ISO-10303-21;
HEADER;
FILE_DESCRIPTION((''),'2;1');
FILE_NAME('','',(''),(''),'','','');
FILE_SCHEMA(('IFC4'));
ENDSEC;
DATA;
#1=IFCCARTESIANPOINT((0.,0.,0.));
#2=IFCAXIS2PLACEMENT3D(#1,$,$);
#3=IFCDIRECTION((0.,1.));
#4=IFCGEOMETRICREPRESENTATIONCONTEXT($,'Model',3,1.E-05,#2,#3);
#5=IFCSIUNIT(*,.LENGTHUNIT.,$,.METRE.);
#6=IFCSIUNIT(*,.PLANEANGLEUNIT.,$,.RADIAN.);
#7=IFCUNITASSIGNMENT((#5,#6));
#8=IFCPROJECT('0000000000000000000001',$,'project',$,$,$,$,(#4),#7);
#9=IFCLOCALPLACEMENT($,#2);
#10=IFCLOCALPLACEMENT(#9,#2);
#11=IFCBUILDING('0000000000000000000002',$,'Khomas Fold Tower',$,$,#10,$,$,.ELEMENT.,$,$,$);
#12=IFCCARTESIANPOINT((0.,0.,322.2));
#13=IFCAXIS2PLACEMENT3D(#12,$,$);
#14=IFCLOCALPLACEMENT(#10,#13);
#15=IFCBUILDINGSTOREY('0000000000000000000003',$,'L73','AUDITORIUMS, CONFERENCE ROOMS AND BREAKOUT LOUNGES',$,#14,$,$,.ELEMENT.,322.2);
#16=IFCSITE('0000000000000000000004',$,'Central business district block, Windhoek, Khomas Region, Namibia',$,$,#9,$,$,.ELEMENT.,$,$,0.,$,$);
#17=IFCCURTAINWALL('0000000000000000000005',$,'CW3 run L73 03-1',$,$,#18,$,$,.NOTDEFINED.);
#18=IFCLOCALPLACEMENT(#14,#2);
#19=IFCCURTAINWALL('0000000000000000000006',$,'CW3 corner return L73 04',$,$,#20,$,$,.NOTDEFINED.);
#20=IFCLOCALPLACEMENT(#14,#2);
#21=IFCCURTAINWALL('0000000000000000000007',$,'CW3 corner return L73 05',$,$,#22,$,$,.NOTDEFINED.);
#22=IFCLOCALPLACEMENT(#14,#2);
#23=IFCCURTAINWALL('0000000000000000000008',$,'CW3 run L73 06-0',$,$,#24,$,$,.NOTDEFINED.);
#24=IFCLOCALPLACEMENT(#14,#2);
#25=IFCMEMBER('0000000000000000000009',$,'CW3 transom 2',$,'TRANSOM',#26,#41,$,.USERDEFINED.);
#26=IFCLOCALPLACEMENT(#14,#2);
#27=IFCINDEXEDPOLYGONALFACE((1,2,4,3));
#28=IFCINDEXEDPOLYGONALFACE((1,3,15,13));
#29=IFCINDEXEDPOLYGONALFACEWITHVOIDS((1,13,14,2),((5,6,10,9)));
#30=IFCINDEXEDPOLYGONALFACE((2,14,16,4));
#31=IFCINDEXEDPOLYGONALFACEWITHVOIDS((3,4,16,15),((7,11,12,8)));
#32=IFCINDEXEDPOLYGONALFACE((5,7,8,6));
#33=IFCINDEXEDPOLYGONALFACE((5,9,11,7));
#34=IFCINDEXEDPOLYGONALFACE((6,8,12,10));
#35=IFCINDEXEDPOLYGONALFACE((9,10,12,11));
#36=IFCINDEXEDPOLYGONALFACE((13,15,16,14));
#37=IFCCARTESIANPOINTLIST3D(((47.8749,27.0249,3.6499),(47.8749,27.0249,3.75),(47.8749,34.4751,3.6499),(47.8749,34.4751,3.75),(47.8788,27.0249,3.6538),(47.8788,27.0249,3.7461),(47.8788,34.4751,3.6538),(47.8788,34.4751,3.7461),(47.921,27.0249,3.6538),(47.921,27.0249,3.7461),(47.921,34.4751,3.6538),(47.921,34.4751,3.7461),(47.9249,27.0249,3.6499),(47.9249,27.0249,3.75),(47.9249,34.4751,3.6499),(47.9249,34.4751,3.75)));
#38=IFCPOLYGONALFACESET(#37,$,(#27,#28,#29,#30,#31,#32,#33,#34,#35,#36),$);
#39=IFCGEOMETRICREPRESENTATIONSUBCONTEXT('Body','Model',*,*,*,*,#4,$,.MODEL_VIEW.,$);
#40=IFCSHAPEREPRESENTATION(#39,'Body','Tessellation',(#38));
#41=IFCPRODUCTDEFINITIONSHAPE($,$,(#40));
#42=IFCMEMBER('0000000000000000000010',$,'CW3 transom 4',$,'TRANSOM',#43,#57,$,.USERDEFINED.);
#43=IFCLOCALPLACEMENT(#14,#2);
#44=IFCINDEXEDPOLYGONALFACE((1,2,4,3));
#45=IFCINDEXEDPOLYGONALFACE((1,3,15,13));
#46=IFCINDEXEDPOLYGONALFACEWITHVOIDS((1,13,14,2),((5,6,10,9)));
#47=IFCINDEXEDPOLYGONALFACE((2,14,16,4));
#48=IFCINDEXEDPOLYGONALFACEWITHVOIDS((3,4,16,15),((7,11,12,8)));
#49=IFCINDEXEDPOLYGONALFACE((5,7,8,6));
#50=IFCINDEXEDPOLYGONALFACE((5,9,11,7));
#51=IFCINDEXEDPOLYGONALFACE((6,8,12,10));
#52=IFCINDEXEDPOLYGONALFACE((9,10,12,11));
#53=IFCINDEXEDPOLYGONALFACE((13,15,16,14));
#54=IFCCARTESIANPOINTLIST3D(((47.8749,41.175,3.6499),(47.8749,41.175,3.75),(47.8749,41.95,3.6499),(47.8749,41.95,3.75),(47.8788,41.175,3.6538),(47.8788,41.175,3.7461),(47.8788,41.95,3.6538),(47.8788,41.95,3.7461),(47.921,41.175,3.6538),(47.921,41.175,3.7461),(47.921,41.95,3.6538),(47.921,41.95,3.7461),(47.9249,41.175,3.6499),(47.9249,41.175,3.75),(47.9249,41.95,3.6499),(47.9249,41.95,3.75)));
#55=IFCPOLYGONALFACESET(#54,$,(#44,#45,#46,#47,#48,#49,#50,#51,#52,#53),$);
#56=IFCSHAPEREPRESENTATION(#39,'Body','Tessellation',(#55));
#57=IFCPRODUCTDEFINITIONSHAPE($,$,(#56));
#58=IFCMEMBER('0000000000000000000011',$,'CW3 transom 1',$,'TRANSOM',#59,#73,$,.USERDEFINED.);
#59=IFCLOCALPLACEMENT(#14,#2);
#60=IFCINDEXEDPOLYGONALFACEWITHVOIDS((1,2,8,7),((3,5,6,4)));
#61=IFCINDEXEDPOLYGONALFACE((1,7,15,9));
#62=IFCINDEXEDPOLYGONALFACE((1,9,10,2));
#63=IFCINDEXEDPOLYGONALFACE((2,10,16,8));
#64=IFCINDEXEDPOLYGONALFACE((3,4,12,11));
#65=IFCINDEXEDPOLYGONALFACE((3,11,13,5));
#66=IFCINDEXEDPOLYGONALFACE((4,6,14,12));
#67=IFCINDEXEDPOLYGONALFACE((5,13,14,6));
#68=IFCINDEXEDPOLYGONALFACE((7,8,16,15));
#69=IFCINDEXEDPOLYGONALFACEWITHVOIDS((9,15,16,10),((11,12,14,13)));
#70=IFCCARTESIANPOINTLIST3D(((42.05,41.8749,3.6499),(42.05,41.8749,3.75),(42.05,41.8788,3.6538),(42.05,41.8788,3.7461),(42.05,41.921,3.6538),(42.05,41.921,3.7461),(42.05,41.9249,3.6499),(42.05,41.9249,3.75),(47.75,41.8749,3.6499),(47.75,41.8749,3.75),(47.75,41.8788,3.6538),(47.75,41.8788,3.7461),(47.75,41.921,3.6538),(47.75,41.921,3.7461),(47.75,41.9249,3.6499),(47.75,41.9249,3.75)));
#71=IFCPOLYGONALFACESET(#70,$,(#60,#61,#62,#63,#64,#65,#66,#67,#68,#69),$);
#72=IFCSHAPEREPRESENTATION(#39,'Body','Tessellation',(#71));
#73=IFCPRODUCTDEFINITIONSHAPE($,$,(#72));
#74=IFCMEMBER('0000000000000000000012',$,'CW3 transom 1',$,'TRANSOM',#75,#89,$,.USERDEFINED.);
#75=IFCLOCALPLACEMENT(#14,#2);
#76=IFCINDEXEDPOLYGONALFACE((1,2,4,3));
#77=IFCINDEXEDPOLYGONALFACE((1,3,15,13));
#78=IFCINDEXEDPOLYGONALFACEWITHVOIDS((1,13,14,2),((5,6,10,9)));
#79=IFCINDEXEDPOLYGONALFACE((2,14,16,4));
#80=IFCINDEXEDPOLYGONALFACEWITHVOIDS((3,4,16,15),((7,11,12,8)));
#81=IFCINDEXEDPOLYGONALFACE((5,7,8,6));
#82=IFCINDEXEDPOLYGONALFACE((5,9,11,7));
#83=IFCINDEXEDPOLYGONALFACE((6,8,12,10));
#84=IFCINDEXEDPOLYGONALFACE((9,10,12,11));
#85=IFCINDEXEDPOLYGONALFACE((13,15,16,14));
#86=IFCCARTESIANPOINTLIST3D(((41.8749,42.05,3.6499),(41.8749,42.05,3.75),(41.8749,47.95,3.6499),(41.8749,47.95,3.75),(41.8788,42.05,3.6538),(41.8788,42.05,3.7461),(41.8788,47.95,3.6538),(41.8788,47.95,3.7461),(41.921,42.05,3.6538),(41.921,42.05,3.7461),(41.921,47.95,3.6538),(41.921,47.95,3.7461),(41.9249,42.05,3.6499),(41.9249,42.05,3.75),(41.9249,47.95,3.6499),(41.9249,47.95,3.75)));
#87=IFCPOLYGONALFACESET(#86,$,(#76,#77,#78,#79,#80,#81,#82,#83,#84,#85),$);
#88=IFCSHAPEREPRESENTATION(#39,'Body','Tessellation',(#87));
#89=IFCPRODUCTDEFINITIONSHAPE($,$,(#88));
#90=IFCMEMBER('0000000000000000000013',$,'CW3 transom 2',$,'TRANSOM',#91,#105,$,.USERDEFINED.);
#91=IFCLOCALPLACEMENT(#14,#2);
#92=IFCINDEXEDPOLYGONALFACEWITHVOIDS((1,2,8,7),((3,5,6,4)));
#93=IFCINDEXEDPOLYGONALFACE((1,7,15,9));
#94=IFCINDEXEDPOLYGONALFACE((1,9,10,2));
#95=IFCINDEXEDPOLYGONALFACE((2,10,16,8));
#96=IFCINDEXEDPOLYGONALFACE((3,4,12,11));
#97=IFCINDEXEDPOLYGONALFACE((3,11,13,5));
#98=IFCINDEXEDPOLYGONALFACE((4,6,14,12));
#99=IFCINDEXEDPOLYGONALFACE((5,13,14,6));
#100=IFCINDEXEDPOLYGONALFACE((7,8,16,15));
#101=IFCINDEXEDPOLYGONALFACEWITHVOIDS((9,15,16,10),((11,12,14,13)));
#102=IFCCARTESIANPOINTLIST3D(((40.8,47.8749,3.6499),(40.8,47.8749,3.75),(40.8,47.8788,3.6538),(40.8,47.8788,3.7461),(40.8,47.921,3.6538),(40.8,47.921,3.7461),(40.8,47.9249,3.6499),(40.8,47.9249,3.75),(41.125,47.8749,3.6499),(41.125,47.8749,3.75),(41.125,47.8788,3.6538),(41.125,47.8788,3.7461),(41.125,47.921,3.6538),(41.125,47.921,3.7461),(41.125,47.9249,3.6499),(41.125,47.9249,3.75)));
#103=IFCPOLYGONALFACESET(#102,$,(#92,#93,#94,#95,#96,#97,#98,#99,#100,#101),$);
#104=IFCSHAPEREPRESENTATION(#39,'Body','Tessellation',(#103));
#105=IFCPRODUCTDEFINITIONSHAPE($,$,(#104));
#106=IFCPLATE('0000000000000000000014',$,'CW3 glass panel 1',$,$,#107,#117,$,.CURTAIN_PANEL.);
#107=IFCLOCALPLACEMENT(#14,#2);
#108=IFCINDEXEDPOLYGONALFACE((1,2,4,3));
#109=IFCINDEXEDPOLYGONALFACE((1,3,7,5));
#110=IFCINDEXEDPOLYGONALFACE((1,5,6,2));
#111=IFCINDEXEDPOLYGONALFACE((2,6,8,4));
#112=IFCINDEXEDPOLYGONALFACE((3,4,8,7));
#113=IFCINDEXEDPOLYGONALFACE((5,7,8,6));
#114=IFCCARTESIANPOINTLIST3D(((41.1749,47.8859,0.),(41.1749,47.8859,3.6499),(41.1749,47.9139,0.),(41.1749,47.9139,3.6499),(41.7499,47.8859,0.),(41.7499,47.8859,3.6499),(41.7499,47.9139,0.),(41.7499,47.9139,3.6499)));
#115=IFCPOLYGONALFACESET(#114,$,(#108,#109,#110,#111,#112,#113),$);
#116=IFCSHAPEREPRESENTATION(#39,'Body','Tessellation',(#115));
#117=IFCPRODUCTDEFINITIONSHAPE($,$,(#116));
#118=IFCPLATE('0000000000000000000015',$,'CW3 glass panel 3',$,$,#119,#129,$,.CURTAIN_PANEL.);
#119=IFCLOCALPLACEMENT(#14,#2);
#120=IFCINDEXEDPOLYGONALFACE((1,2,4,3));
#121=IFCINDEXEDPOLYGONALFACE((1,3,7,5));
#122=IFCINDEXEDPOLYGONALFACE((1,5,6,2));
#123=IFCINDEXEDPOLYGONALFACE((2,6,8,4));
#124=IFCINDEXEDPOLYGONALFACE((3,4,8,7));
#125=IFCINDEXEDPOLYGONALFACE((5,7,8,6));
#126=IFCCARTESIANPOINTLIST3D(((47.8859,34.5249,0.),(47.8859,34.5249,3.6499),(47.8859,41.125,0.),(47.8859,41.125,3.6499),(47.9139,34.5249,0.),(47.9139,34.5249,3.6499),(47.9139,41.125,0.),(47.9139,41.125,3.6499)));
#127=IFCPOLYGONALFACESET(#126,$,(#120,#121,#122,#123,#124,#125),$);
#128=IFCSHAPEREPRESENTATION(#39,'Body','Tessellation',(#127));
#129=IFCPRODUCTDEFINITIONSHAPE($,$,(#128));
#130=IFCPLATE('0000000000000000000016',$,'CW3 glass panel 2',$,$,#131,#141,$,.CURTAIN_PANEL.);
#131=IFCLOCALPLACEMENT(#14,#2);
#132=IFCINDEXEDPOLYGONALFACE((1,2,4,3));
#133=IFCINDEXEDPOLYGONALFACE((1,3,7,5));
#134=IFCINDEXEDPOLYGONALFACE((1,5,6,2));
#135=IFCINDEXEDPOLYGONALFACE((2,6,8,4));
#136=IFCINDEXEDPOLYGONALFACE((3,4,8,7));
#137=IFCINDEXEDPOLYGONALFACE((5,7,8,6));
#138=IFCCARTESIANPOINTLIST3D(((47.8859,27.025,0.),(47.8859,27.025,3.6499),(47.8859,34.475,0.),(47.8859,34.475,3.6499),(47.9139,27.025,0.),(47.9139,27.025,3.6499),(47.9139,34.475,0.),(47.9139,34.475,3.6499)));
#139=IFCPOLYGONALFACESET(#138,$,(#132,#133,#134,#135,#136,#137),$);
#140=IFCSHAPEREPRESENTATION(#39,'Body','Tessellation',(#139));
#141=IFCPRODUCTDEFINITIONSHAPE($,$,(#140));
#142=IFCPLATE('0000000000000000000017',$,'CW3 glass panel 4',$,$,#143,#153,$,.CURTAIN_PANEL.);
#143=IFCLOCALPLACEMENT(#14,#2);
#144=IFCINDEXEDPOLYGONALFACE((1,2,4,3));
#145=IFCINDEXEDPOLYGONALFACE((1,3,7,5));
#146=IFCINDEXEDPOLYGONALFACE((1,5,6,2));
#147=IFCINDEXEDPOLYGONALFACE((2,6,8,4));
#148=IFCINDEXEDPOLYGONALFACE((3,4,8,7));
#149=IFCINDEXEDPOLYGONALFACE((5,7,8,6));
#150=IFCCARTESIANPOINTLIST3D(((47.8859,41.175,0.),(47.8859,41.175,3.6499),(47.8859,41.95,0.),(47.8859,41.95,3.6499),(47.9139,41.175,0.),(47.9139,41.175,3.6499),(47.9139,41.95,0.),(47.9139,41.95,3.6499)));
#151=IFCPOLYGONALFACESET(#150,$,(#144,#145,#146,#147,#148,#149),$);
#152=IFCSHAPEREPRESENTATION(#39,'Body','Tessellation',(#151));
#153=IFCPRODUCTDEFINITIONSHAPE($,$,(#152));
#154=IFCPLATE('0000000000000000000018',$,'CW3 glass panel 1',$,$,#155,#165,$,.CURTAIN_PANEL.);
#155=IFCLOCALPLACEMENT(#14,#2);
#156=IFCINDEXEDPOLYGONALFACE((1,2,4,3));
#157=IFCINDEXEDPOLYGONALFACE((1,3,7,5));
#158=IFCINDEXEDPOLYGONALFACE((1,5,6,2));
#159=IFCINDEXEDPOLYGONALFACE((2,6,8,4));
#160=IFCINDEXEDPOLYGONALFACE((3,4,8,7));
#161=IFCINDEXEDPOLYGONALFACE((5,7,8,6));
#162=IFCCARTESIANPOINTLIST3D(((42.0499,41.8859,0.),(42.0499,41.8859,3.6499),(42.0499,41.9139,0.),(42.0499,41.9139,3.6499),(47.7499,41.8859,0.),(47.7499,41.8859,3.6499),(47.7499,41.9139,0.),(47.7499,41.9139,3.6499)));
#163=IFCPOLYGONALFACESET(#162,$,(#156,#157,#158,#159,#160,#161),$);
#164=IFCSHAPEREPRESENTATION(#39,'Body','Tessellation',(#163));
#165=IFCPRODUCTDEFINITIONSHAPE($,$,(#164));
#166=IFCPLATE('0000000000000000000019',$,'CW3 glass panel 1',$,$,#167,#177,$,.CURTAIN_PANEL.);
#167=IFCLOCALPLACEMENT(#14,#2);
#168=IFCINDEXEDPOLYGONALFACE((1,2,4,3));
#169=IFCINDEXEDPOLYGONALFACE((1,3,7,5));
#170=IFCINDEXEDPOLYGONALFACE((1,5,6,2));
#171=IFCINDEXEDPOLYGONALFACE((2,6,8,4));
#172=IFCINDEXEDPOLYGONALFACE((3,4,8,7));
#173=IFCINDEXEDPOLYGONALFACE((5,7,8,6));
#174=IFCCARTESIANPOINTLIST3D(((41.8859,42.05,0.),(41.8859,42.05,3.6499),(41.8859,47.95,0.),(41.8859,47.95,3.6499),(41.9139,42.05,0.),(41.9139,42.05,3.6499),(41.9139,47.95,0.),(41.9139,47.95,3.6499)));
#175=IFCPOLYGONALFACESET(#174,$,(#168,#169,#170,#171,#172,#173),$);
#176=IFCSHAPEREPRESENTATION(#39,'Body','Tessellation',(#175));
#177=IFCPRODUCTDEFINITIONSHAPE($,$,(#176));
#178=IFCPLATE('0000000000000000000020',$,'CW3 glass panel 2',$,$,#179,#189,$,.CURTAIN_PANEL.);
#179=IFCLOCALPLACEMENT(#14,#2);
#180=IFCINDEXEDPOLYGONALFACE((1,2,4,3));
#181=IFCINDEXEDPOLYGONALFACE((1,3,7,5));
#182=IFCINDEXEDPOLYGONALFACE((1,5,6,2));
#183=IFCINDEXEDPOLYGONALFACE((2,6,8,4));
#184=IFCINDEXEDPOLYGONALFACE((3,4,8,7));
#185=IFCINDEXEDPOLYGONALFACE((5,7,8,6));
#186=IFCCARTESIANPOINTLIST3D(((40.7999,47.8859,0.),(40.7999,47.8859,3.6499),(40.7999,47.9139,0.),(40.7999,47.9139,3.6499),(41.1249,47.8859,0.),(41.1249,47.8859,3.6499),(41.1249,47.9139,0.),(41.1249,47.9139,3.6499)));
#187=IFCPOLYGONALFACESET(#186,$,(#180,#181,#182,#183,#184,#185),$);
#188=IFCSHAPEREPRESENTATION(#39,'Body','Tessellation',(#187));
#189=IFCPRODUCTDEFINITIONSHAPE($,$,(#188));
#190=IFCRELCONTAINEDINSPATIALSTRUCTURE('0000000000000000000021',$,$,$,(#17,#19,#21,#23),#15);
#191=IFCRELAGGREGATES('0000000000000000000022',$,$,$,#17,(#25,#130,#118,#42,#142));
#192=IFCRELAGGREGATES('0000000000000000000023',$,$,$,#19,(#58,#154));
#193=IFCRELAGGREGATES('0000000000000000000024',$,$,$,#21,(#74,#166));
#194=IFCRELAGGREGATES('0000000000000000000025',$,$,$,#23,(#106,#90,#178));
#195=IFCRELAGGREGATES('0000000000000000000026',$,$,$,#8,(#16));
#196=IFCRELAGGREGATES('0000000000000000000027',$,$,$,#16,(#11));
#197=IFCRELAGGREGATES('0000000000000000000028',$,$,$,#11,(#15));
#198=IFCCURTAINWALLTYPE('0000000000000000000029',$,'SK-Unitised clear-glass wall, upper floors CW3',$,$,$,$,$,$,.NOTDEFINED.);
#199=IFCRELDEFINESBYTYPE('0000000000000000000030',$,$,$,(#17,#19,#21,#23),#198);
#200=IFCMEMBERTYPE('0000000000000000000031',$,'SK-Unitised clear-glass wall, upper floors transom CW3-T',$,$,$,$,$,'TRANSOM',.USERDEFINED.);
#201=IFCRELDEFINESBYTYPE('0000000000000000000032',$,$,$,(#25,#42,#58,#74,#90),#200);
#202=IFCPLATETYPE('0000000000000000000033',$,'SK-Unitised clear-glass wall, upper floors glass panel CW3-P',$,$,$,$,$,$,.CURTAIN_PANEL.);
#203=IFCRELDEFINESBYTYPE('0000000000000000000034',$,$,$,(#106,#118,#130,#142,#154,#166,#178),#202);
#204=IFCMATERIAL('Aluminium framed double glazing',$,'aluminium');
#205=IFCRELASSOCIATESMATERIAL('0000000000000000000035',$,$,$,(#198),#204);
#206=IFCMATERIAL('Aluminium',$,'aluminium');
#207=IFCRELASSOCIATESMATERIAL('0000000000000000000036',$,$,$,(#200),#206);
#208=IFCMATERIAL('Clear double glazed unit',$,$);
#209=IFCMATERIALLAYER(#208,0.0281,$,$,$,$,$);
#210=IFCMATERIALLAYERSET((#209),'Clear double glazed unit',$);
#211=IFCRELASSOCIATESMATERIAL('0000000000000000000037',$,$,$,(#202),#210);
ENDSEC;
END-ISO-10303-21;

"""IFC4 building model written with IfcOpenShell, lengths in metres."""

from ifc_helpers import new_model, si_unit, direction, frame, origin, origin_2d, place, context, subcontext, project, spatial, rectangle, hollow_rectangle, extrude, source, transform, mapped, material, layer, layer_set, material_profile, profile_set, type_object, element, aggregate, save


model = new_model("IFC4")

# Units and contexts
model_context = context("Model", 3, precision=1e-05, world=origin(), true_north=direction((0.0, 1.0)))
body_context = subcontext(model_context, "Body", "Model", "MODEL_VIEW")
ifc_project = project(units=[si_unit("LENGTHUNIT", "METRE"), si_unit("PLANEANGLEUNIT", "RADIAN")], contexts=[model_context])

# Site, building, storey
site_placement = place(None, origin())
site = spatial("IfcSite", under=ifc_project, at=site_placement, Name="Central business district block, Windhoek, Khomas Region, Namibia", CompositionType="ELEMENT", RefElevation=0.0)
building_placement = place(site_placement, origin())
building = spatial("IfcBuilding", under=site, at=building_placement, Name="Khomas Fold Tower", CompositionType="ELEMENT")
storey_placement = place(building_placement, frame((0.0, 0.0, 322.2)))
storey = spatial("IfcBuildingStorey", under=building, at=storey_placement, Name="L73", Description="AUDITORIUMS, CONFERENCE ROOMS AND BREAKOUT LOUNGES", CompositionType="ELEMENT", Elevation=322.2)

# Curtain walls
ifc_material_1 = material(Name="Aluminium framed double glazing", Category="aluminium")
curtain_wall_type = type_object("IfcCurtainWallType", Name="SK-Unitised clear-glass wall, upper floors CW3", PredefinedType="NOTDEFINED", material=ifc_material_1)
curtain_wall_1_placement = place(storey_placement, origin())
curtain_wall_1 = element("IfcCurtainWall", 1, at=curtain_wall_1_placement, inside=storey, type_object=curtain_wall_type, Name="CW3 run L73 03-1", PredefinedType="NOTDEFINED")
curtain_wall_2_placement = place(storey_placement, origin())
curtain_wall_2 = element("IfcCurtainWall", 2, at=curtain_wall_2_placement, inside=storey, type_object=curtain_wall_type, Name="CW3 corner return L73 04", PredefinedType="NOTDEFINED")
curtain_wall_3_placement = place(storey_placement, origin())
curtain_wall_3 = element("IfcCurtainWall", 3, at=curtain_wall_3_placement, inside=storey, type_object=curtain_wall_type, Name="CW3 corner return L73 05", PredefinedType="NOTDEFINED")
curtain_wall_4_placement = place(storey_placement, origin())
curtain_wall_4 = element("IfcCurtainWall", 4, at=curtain_wall_4_placement, inside=storey, type_object=curtain_wall_type, Name="CW3 run L73 06-0", PredefinedType="NOTDEFINED")
ifc_material_2 = material(Name="Aluminium", Category="aluminium")
ifc_material_profile_1 = material_profile(ifc_material_2, hollow_rectangle(XDim=0.05, YDim=0.1001, WallThickness=0.0039, at=origin_2d()), Name="SK-Unitised clear-glass wall, upper floors transom CW3-T")
ifc_profile_set_1 = profile_set([ifc_material_profile_1], Name="Aluminium")
member_type_1 = type_object("IfcMemberType", Name="SK-Unitised clear-glass wall, upper floors transom CW3-T", ElementType="TRANSOM", PredefinedType="USERDEFINED", material=ifc_profile_set_1)

# Members
shared_shape_1 = source(origin(), body_context, "Body", "SweptSolid", [
    extrude(hollow_rectangle(XDim=0.05, YDim=0.1001, WallThickness=0.0039, at=origin_2d()), origin(), (0.0, 0.0, 1.0), 7.4502),
])
member_1_placement = place(storey_placement, frame((47.8999, 27.0249, 3.7), z_axis=(0.0, 1.0, 0.0), x_axis=(-1.0, 0.0, 0.0)))
member_1 = element("IfcMember", 5, at=member_1_placement, type_object=member_type_1, Name="CW3 transom 2", ObjectType="TRANSOM", PredefinedType="USERDEFINED", context=body_context, shape_type="MappedRepresentation", body=[
    mapped(shared_shape_1, transform((0.0, 0.0, 0.0))),
])
shared_shape_2 = source(origin(), body_context, "Body", "SweptSolid", [
    extrude(hollow_rectangle(XDim=0.05, YDim=0.1001, WallThickness=0.0039, at=origin_2d()), origin(), (0.0, 0.0, 1.0), 0.7749),
])
member_2_placement = place(storey_placement, frame((47.8999, 41.175, 3.7), z_axis=(0.0, 1.0, 0.0), x_axis=(-1.0, 0.0, 0.0)))
member_2 = element("IfcMember", 6, at=member_2_placement, type_object=member_type_1, Name="CW3 transom 4", ObjectType="TRANSOM", PredefinedType="USERDEFINED", context=body_context, shape_type="MappedRepresentation", body=[
    mapped(shared_shape_2, transform((0.0, 0.0, 0.0))),
])
shared_shape_3 = source(origin(), body_context, "Body", "SweptSolid", [
    extrude(hollow_rectangle(XDim=0.05, YDim=0.1001, WallThickness=0.0039, at=origin_2d()), origin(), (0.0, 0.0, 1.0), 5.7),
])
member_3_placement = place(storey_placement, frame((47.75, 41.8999, 3.7), z_axis=(-1.0, 0.0, 0.0), x_axis=(0.0, -1.0, 0.0)))
member_3 = element("IfcMember", 7, at=member_3_placement, type_object=member_type_1, Name="CW3 transom 1", ObjectType="TRANSOM", PredefinedType="USERDEFINED", context=body_context, shape_type="MappedRepresentation", body=[
    mapped(shared_shape_3, transform((0.0, 0.0, 0.0))),
])
shared_shape_4 = source(origin(), body_context, "Body", "SweptSolid", [
    extrude(hollow_rectangle(XDim=0.05, YDim=0.1001, WallThickness=0.0039, at=origin_2d()), origin(), (0.0, 0.0, 1.0), 5.8999),
])
member_4_placement = place(storey_placement, frame((41.8999, 42.05, 3.7), z_axis=(0.0, 1.0, 0.0), x_axis=(-1.0, 0.0, 0.0)))
member_4 = element("IfcMember", 8, at=member_4_placement, type_object=member_type_1, Name="CW3 transom 1", ObjectType="TRANSOM", PredefinedType="USERDEFINED", context=body_context, shape_type="MappedRepresentation", body=[
    mapped(shared_shape_4, transform((0.0, 0.0, 0.0))),
])
shared_shape_5 = source(origin(), body_context, "Body", "SweptSolid", [
    extrude(hollow_rectangle(XDim=0.05, YDim=0.1001, WallThickness=0.0039, at=origin_2d()), origin(), (0.0, 0.0, 1.0), 0.325),
])
member_5_placement = place(storey_placement, frame((41.125, 47.8999, 3.7), z_axis=(-1.0, 0.0, 0.0), x_axis=(0.0, -1.0, 0.0)))
member_5 = element("IfcMember", 9, at=member_5_placement, type_object=member_type_1, Name="CW3 transom 2", ObjectType="TRANSOM", PredefinedType="USERDEFINED", context=body_context, shape_type="MappedRepresentation", body=[
    mapped(shared_shape_5, transform((0.0, 0.0, 0.0))),
])

# Plates
ifc_material_3 = material(Name="Clear double glazed unit")
ifc_layer_1 = layer(ifc_material_3, 0.0281)
ifc_layer_set_1 = layer_set([ifc_layer_1], Name="Clear double glazed unit")
plate_type = type_object("IfcPlateType", Name="SK-Unitised clear-glass wall, upper floors glass panel CW3-P", PredefinedType="CURTAIN_PANEL", material=ifc_layer_set_1)
shared_shape_6 = source(origin(), body_context, "Body", "SweptSolid", [
    extrude(rectangle(XDim=0.575, YDim=0.0281, at=origin_2d()), origin(), (0.0, 0.0, 1.0), 3.6499),
])
plate_1_placement = place(storey_placement, frame((41.4624, 47.8999, 0.0), z_axis=(0.0, 0.0, 1.0), x_axis=(-1.0, 0.0, 0.0)))
plate_1 = element("IfcPlate", 10, at=plate_1_placement, type_object=plate_type, Name="CW3 glass panel 1", PredefinedType="CURTAIN_PANEL", context=body_context, shape_type="MappedRepresentation", body=[
    mapped(shared_shape_6, transform((0.0, 0.0, 0.0))),
])
shared_shape_7 = source(origin(), body_context, "Body", "SweptSolid", [
    extrude(rectangle(XDim=6.6001, YDim=0.0281, at=origin_2d()), origin(), (0.0, 0.0, 1.0), 3.6499),
])
plate_2_placement = place(storey_placement, frame((47.8999, 37.825, 0.0), z_axis=(0.0, 0.0, 1.0), x_axis=(0.0, 1.0, 0.0)))
plate_2 = element("IfcPlate", 11, at=plate_2_placement, type_object=plate_type, Name="CW3 glass panel 3", PredefinedType="CURTAIN_PANEL", context=body_context, shape_type="MappedRepresentation", body=[
    mapped(shared_shape_7, transform((0.0, 0.0, 0.0))),
])
shared_shape_8 = source(origin(), body_context, "Body", "SweptSolid", [
    extrude(rectangle(XDim=7.45, YDim=0.0281, at=origin_2d()), origin(), (0.0, 0.0, 1.0), 3.6499),
])
plate_3_placement = place(storey_placement, frame((47.8999, 30.75, 0.0), z_axis=(0.0, 0.0, 1.0), x_axis=(0.0, 1.0, 0.0)))
plate_3 = element("IfcPlate", 12, at=plate_3_placement, type_object=plate_type, Name="CW3 glass panel 2", PredefinedType="CURTAIN_PANEL", context=body_context, shape_type="MappedRepresentation", body=[
    mapped(shared_shape_8, transform((0.0, 0.0, 0.0))),
])
shared_shape_9 = source(origin(), body_context, "Body", "SweptSolid", [
    extrude(rectangle(XDim=0.7749, YDim=0.0281, at=origin_2d()), origin(), (0.0, 0.0, 1.0), 3.6499),
])
plate_4_placement = place(storey_placement, frame((47.8999, 41.5625, 0.0), z_axis=(0.0, 0.0, 1.0), x_axis=(0.0, 1.0, 0.0)))
plate_4 = element("IfcPlate", 13, at=plate_4_placement, type_object=plate_type, Name="CW3 glass panel 4", PredefinedType="CURTAIN_PANEL", context=body_context, shape_type="MappedRepresentation", body=[
    mapped(shared_shape_9, transform((0.0, 0.0, 0.0))),
])
aggregate(curtain_wall_1, [member_1, plate_3, plate_2, member_2, plate_4])
shared_shape_10 = source(origin(), body_context, "Body", "SweptSolid", [
    extrude(rectangle(XDim=5.7, YDim=0.0281, at=origin_2d()), origin(), (0.0, 0.0, 1.0), 3.6499),
])
plate_5_placement = place(storey_placement, frame((44.8999, 41.8999, 0.0), z_axis=(0.0, 0.0, 1.0), x_axis=(-1.0, 0.0, 0.0)))
plate_5 = element("IfcPlate", 14, at=plate_5_placement, type_object=plate_type, Name="CW3 glass panel 1", PredefinedType="CURTAIN_PANEL", context=body_context, shape_type="MappedRepresentation", body=[
    mapped(shared_shape_10, transform((0.0, 0.0, 0.0))),
])
aggregate(curtain_wall_2, [member_3, plate_5])
shared_shape_11 = source(origin(), body_context, "Body", "SweptSolid", [
    extrude(rectangle(XDim=5.8999, YDim=0.0281, at=origin_2d()), origin(), (0.0, 0.0, 1.0), 3.6499),
])
plate_6_placement = place(storey_placement, frame((41.8999, 45.0, 0.0), z_axis=(0.0, 0.0, 1.0), x_axis=(0.0, 1.0, 0.0)))
plate_6 = element("IfcPlate", 15, at=plate_6_placement, type_object=plate_type, Name="CW3 glass panel 1", PredefinedType="CURTAIN_PANEL", context=body_context, shape_type="MappedRepresentation", body=[
    mapped(shared_shape_11, transform((0.0, 0.0, 0.0))),
])
aggregate(curtain_wall_3, [member_4, plate_6])
shared_shape_12 = source(origin(), body_context, "Body", "SweptSolid", [
    extrude(rectangle(XDim=0.325, YDim=0.0281, at=origin_2d()), origin(), (0.0, 0.0, 1.0), 3.6499),
])
plate_7_placement = place(storey_placement, frame((40.9624, 47.8999, 0.0), z_axis=(0.0, 0.0, 1.0), x_axis=(-1.0, 0.0, 0.0)))
plate_7 = element("IfcPlate", 16, at=plate_7_placement, type_object=plate_type, Name="CW3 glass panel 2", PredefinedType="CURTAIN_PANEL", context=body_context, shape_type="MappedRepresentation", body=[
    mapped(shared_shape_12, transform((0.0, 0.0, 0.0))),
])
aggregate(curtain_wall_4, [plate_1, member_5, plate_7])

save(model, "model.ifc")
